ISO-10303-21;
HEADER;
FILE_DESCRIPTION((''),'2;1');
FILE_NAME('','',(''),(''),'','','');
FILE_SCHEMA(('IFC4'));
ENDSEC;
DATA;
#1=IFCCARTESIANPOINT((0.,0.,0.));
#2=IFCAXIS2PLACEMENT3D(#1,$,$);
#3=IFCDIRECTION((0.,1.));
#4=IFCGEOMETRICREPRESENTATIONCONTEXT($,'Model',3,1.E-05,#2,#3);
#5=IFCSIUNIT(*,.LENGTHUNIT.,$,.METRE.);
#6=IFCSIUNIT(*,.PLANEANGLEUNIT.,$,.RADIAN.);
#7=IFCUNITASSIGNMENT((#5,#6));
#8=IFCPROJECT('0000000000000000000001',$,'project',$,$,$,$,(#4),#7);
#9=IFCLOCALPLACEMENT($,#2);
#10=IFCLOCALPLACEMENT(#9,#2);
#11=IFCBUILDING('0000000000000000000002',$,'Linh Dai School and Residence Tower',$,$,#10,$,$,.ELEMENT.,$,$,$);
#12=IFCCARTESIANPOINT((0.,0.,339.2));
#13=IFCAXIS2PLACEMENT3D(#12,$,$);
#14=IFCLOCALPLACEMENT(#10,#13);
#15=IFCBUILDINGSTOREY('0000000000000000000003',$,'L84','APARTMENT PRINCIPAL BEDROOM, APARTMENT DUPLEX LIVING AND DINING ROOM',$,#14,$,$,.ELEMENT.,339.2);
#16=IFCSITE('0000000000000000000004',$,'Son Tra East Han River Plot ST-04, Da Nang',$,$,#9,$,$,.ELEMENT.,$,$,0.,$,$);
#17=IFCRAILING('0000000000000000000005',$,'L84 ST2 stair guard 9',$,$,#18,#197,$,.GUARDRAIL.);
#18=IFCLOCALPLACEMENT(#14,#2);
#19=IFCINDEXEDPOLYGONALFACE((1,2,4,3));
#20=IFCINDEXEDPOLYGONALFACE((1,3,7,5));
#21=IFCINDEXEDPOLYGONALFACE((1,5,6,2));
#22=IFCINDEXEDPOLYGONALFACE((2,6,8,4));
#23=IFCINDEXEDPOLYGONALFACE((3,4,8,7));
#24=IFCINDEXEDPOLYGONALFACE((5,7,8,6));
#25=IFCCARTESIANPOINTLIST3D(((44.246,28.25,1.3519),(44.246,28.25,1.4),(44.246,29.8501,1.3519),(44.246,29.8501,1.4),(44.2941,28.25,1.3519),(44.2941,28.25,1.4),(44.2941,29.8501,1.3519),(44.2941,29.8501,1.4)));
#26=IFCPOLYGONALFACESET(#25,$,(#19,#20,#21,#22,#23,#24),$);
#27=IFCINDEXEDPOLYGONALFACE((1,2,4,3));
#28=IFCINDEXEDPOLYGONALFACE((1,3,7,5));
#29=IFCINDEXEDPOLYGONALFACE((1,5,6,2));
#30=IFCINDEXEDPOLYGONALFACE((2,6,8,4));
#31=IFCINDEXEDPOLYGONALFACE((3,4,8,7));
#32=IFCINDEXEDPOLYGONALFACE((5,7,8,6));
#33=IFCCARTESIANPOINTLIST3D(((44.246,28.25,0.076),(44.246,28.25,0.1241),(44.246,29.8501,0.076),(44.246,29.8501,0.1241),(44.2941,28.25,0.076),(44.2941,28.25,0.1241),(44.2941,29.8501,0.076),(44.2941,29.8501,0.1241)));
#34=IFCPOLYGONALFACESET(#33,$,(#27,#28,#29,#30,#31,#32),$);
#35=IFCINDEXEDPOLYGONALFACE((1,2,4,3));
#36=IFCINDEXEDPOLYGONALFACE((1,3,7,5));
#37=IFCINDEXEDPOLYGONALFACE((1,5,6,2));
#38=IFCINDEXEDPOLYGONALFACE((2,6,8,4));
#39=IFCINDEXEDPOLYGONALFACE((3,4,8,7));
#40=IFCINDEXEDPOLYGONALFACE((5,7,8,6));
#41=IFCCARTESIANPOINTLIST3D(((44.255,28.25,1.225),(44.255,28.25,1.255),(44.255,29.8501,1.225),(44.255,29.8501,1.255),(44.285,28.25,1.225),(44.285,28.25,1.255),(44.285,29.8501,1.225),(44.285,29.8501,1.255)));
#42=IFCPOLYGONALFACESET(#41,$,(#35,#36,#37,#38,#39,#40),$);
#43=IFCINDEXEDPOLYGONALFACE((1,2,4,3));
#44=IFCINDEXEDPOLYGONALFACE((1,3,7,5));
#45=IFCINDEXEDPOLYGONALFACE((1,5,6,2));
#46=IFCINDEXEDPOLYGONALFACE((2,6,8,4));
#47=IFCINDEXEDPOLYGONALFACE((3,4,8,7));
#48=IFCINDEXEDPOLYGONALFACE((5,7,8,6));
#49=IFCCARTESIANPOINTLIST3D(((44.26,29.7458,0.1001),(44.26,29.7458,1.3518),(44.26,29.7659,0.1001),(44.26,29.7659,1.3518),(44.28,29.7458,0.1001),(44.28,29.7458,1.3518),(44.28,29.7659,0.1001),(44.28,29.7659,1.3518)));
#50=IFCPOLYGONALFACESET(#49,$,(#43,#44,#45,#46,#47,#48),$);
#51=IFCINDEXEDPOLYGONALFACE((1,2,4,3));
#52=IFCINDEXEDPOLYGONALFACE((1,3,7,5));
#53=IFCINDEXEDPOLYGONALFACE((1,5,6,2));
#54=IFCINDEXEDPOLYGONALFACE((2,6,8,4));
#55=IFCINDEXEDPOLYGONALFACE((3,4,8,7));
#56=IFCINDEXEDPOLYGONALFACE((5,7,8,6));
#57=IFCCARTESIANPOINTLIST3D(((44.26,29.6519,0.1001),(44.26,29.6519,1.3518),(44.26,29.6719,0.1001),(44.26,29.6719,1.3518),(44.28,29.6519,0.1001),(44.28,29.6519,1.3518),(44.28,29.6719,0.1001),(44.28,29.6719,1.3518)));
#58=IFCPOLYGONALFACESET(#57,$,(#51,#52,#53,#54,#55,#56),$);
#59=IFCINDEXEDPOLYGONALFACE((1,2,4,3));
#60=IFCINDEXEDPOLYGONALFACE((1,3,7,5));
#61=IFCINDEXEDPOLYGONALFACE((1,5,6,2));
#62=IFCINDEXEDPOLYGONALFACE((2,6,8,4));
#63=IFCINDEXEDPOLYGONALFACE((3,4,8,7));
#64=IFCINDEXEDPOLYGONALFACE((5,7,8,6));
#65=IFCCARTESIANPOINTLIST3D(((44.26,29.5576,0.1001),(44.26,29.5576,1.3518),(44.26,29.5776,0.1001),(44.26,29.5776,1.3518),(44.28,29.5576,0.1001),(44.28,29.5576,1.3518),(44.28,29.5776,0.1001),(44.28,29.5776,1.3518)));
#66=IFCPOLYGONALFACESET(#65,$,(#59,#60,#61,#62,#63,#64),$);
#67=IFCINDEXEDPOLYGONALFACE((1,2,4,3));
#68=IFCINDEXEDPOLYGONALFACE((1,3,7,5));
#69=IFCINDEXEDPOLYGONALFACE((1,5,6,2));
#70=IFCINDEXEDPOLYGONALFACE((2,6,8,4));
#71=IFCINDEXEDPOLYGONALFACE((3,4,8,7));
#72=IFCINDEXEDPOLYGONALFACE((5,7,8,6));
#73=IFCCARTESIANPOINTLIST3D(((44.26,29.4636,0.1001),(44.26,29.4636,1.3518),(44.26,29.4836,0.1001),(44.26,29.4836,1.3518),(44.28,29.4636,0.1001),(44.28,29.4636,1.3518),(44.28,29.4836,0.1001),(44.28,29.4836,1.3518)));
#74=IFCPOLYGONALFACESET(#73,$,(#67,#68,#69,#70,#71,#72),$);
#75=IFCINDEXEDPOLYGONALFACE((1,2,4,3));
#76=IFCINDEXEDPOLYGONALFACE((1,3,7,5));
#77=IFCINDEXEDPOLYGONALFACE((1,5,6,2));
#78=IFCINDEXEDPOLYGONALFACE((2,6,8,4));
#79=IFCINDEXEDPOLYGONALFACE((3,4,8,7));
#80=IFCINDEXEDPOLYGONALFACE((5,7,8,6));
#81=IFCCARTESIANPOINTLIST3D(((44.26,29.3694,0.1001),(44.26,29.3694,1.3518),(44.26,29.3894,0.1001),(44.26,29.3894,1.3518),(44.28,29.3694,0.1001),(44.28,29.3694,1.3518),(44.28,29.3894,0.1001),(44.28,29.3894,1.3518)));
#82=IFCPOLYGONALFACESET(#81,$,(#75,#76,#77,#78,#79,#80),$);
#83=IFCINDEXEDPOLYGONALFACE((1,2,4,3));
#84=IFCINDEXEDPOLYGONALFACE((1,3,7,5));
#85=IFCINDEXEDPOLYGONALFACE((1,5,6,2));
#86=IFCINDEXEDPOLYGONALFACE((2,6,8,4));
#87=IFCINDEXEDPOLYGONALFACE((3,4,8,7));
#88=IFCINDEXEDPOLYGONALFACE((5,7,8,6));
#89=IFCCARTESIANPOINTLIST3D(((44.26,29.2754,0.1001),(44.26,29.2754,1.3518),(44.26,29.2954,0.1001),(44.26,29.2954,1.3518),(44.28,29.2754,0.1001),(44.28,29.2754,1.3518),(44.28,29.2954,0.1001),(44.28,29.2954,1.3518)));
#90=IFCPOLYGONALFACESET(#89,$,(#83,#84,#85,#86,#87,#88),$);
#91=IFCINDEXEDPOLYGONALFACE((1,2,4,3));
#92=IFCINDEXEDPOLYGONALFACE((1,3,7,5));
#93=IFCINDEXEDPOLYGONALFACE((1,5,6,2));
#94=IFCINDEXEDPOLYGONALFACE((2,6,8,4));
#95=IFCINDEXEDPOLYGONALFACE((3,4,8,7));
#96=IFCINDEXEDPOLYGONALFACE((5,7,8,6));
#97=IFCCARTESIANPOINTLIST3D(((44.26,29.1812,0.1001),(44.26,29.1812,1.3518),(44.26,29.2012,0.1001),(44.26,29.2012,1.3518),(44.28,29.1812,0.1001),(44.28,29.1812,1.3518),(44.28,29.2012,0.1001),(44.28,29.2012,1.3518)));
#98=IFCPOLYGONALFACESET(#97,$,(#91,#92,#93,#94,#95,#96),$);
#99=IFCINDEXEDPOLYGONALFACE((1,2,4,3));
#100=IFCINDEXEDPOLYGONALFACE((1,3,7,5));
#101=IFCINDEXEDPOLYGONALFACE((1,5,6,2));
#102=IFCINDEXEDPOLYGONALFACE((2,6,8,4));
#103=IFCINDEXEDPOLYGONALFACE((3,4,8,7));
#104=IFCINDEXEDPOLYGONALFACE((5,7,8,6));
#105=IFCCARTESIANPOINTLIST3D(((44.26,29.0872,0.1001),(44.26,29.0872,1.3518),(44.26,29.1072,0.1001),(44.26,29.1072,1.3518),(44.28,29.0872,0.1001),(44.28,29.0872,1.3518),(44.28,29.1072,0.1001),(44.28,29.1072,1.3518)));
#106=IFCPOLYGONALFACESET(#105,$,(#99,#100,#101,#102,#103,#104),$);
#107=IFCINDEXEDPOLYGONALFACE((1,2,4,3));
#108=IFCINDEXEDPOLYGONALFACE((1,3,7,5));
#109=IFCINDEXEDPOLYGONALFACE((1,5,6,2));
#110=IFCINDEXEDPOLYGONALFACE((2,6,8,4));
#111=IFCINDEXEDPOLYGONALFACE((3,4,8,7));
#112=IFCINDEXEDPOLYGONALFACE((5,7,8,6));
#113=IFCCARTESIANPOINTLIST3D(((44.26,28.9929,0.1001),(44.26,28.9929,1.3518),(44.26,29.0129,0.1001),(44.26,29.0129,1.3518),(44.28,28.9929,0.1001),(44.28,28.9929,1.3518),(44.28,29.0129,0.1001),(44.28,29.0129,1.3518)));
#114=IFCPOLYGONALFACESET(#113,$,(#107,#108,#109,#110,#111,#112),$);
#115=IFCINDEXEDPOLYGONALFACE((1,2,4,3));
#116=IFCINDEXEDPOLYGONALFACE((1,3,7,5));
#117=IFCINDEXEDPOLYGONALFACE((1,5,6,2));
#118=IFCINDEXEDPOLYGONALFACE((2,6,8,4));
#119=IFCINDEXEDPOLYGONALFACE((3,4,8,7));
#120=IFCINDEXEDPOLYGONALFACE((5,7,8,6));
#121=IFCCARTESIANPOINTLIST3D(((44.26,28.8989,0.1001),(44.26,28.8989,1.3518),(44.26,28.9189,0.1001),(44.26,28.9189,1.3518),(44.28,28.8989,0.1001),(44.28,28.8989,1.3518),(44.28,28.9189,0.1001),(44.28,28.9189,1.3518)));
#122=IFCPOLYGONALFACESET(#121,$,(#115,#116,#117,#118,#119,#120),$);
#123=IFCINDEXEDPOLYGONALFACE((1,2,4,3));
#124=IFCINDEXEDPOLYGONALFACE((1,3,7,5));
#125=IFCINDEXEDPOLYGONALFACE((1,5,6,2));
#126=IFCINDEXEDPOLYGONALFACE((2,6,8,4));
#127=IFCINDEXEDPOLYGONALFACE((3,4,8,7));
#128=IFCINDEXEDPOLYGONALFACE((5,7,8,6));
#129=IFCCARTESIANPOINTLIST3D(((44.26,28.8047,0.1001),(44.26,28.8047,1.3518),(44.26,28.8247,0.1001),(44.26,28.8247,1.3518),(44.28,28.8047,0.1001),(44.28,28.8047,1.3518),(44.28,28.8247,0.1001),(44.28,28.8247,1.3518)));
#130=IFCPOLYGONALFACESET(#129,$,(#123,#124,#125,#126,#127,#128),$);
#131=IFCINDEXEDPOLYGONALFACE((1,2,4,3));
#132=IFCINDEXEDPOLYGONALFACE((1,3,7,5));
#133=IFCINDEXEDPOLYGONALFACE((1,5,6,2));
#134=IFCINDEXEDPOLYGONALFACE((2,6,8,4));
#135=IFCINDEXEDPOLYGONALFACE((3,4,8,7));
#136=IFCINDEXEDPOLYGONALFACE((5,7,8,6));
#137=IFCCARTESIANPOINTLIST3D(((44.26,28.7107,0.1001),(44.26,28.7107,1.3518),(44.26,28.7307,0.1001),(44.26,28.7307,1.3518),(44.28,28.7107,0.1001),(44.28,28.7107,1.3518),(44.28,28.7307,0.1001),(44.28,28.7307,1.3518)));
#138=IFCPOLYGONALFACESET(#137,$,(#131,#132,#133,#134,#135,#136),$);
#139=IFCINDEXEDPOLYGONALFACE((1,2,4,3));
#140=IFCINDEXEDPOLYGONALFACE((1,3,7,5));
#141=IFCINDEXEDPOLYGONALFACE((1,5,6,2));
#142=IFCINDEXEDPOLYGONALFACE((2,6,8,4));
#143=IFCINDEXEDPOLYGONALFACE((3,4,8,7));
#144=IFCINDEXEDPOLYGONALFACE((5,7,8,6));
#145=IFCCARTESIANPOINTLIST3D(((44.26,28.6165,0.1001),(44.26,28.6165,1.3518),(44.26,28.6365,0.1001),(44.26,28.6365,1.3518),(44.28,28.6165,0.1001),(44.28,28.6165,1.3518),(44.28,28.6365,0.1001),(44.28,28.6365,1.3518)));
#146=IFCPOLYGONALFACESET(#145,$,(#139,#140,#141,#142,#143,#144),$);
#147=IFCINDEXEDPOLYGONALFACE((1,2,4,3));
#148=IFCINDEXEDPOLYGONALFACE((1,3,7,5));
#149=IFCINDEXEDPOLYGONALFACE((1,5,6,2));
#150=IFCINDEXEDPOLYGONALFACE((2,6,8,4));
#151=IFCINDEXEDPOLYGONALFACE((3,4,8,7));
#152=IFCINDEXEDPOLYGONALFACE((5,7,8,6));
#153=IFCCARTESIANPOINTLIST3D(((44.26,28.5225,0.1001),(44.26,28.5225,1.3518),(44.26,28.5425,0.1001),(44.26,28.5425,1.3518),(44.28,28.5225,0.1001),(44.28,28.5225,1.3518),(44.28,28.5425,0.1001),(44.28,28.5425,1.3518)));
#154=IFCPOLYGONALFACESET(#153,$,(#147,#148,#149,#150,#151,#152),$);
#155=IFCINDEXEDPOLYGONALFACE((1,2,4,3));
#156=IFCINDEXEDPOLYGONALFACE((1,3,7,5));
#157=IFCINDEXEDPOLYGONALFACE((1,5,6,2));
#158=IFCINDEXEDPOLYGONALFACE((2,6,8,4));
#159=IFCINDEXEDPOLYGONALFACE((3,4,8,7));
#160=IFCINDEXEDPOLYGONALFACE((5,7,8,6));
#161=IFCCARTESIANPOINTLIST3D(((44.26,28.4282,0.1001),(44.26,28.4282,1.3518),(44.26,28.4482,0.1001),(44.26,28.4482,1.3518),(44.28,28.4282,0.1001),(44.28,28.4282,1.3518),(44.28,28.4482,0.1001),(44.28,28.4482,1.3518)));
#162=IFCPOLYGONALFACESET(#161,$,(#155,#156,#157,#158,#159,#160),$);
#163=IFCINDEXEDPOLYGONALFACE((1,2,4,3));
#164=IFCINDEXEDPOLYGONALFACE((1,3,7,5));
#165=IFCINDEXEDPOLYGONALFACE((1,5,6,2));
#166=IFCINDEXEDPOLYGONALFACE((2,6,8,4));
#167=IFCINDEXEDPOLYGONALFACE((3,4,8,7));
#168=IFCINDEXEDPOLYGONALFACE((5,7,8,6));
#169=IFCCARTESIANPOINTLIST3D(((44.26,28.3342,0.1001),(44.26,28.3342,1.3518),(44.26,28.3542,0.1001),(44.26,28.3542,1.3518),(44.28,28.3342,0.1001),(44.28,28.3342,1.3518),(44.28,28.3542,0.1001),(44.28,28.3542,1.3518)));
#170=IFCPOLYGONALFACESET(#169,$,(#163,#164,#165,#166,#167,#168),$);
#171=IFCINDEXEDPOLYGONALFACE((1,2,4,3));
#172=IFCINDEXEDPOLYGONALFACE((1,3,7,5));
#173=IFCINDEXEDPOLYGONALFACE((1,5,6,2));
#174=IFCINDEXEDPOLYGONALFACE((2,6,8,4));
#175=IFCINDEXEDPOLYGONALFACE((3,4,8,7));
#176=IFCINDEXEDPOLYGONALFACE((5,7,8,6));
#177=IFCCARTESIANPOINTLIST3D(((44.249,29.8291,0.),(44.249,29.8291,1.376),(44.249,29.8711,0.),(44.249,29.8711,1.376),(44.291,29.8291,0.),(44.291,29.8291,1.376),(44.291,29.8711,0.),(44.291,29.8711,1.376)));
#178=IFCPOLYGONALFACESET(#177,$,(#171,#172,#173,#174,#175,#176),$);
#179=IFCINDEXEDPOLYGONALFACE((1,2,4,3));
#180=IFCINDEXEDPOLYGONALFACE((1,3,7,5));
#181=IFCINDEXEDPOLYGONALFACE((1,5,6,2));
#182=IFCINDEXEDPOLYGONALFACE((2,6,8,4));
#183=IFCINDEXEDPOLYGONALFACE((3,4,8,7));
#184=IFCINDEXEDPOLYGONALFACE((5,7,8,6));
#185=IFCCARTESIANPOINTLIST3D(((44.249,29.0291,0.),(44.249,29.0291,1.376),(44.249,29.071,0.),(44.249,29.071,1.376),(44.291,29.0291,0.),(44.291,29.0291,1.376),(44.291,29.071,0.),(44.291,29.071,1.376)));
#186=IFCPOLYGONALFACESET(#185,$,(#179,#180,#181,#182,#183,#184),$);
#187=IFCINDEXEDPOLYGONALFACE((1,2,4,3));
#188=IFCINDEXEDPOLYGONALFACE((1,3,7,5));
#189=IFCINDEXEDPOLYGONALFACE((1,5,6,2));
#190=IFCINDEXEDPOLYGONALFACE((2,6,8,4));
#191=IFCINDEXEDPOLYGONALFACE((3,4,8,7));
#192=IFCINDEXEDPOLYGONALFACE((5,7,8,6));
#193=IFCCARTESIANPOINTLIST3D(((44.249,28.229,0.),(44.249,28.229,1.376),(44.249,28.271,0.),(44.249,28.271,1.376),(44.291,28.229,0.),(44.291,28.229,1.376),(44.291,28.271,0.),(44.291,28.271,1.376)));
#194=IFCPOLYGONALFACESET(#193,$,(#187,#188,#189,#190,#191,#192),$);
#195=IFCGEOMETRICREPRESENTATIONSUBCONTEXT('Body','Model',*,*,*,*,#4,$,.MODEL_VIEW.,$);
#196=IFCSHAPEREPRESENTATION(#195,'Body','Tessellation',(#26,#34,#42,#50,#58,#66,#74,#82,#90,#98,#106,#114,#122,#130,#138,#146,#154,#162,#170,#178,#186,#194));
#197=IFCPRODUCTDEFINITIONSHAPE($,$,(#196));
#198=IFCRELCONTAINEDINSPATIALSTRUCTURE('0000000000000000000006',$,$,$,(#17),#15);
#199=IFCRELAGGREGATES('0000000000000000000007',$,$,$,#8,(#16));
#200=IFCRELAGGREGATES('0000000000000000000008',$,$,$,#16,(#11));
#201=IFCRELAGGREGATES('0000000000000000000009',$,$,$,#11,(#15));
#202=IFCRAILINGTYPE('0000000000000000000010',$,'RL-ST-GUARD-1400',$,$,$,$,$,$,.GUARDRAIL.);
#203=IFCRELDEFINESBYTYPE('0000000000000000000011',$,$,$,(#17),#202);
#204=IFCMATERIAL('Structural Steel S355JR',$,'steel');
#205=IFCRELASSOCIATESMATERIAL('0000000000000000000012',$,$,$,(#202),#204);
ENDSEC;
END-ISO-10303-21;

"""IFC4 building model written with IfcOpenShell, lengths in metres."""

from ifc_helpers import new_model, si_unit, direction, frame, origin, origin_2d, place, context, subcontext, project, spatial, rectangle, extrude, source, transform, mapped, material, type_object, element, save


model = new_model("IFC4")

# Units and contexts
model_context = context("Model", 3, precision=1e-05, world=origin(), true_north=direction((0.0, 1.0)))
body_context = subcontext(model_context, "Body", "Model", "MODEL_VIEW")
ifc_project = project(units=[si_unit("LENGTHUNIT", "METRE"), si_unit("PLANEANGLEUNIT", "RADIAN")], contexts=[model_context])

# Site, building, storey
site_placement = place(None, origin())
site = spatial("IfcSite", under=ifc_project, at=site_placement, Name="Son Tra East Han River Plot ST-04, Da Nang", CompositionType="ELEMENT", RefElevation=0.0)
building_placement = place(site_placement, origin())
building = spatial("IfcBuilding", under=site, at=building_placement, Name="Linh Dai School and Residence Tower", CompositionType="ELEMENT")
storey_placement = place(building_placement, frame((0.0, 0.0, 339.2)))
storey = spatial("IfcBuildingStorey", under=building, at=storey_placement, Name="L84", Description="APARTMENT PRINCIPAL BEDROOM, APARTMENT DUPLEX LIVING AND DINING ROOM", CompositionType="ELEMENT", Elevation=339.2)

# Shared definitions
ifc_material_1 = material(Name="Structural Steel S355JR", Category="steel")

# Railing
railing_type_1 = type_object("IfcRailingType", Name="RL-ST-GUARD-1400", PredefinedType="GUARDRAIL", material=ifc_material_1)
shared_shape_1 = source(origin(), body_context, "Body", "SweptSolid", [
    extrude(rectangle(XDim=0.0481, YDim=0.0481, at=origin_2d()), frame((0.0, 0.0, 1.376), z_axis=(0.0, -1.0, 0.0), x_axis=(1.0, 0.0, 0.0)), (0.0, 0.0, 1.0), 1.6001),
    extrude(rectangle(XDim=0.0481, YDim=0.0481, at=origin_2d()), frame((0.0, 0.0, 0.1001), z_axis=(0.0, -1.0, 0.0), x_axis=(1.0, 0.0, 0.0)), (0.0, 0.0, 1.0), 1.6001),
    extrude(rectangle(XDim=0.03, YDim=0.03, at=origin_2d()), frame((0.0, 0.0, 1.24), z_axis=(0.0, -1.0, 0.0), x_axis=(1.0, 0.0, 0.0)), (0.0, 0.0, 1.0), 1.6001),
    extrude(rectangle(XDim=0.02, YDim=0.02, at=origin_2d()), frame((0.0, -0.0942, 0.1001)), (0.0, 0.0, 1.0), 1.2517),
    extrude(rectangle(XDim=0.02, YDim=0.02, at=origin_2d()), frame((0.0, -0.1882, 0.1001)), (0.0, 0.0, 1.0), 1.2517),
    extrude(rectangle(XDim=0.02, YDim=0.02, at=origin_2d()), frame((0.0, -0.2825, 0.1001)), (0.0, 0.0, 1.0), 1.2517),
    extrude(rectangle(XDim=0.02, YDim=0.02, at=origin_2d()), frame((0.0, -0.3765, 0.1001)), (0.0, 0.0, 1.0), 1.2517),
    extrude(rectangle(XDim=0.02, YDim=0.02, at=origin_2d()), frame((0.0, -0.4707, 0.1001)), (0.0, 0.0, 1.0), 1.2517),
    extrude(rectangle(XDim=0.02, YDim=0.02, at=origin_2d()), frame((0.0, -0.5647, 0.1001)), (0.0, 0.0, 1.0), 1.2517),
    extrude(rectangle(XDim=0.02, YDim=0.02, at=origin_2d()), frame((0.0, -0.6589, 0.1001)), (0.0, 0.0, 1.0), 1.2517),
    extrude(rectangle(XDim=0.02, YDim=0.02, at=origin_2d()), frame((0.0, -0.7529, 0.1001)), (0.0, 0.0, 1.0), 1.2517),
    extrude(rectangle(XDim=0.02, YDim=0.02, at=origin_2d()), frame((0.0, -0.8472, 0.1001)), (0.0, 0.0, 1.0), 1.2517),
    extrude(rectangle(XDim=0.02, YDim=0.02, at=origin_2d()), frame((0.0, -0.9412, 0.1001)), (0.0, 0.0, 1.0), 1.2517),
    extrude(rectangle(XDim=0.02, YDim=0.02, at=origin_2d()), frame((0.0, -1.0354, 0.1001)), (0.0, 0.0, 1.0), 1.2517),
    extrude(rectangle(XDim=0.02, YDim=0.02, at=origin_2d()), frame((0.0, -1.1294, 0.1001)), (0.0, 0.0, 1.0), 1.2517),
    extrude(rectangle(XDim=0.02, YDim=0.02, at=origin_2d()), frame((0.0, -1.2236, 0.1001)), (0.0, 0.0, 1.0), 1.2517),
    extrude(rectangle(XDim=0.02, YDim=0.02, at=origin_2d()), frame((0.0, -1.3176, 0.1001)), (0.0, 0.0, 1.0), 1.2517),
    extrude(rectangle(XDim=0.02, YDim=0.02, at=origin_2d()), frame((0.0, -1.4119, 0.1001)), (0.0, 0.0, 1.0), 1.2517),
    extrude(rectangle(XDim=0.02, YDim=0.02, at=origin_2d()), frame((0.0, -1.5059, 0.1001)), (0.0, 0.0, 1.0), 1.2517),
    extrude(rectangle(XDim=0.042, YDim=0.042, at=origin_2d()), origin(), (0.0, 0.0, 1.0), 1.376),
    extrude(rectangle(XDim=0.042, YDim=0.042, at=origin_2d()), frame((0.0, -0.8, 0.0)), (0.0, 0.0, 1.0), 1.376),
    extrude(rectangle(XDim=0.042, YDim=0.042, at=origin_2d()), frame((0.0, -1.6001, 0.0)), (0.0, 0.0, 1.0), 1.376),
])
for number, where, name in (
    (1, (44.27, 29.8501, 0.0), "L84 ST2 stair guard 9"),
):
    element("IfcRailing", number, at=place(storey_placement, frame(where)), inside=storey, type_object=railing_type_1, Name=name, PredefinedType="GUARDRAIL", context=body_context, shape_type="MappedRepresentation", body=[
        mapped(shared_shape_1, transform((0.0, 0.0, 0.0), x_axis=(1.0, 0.0, 0.0), y_axis=(0.0, 1.0, 0.0), z_axis=(0.0, 0.0, 1.0), scale=1.0)),
    ])

save(model, "model.ifc")
